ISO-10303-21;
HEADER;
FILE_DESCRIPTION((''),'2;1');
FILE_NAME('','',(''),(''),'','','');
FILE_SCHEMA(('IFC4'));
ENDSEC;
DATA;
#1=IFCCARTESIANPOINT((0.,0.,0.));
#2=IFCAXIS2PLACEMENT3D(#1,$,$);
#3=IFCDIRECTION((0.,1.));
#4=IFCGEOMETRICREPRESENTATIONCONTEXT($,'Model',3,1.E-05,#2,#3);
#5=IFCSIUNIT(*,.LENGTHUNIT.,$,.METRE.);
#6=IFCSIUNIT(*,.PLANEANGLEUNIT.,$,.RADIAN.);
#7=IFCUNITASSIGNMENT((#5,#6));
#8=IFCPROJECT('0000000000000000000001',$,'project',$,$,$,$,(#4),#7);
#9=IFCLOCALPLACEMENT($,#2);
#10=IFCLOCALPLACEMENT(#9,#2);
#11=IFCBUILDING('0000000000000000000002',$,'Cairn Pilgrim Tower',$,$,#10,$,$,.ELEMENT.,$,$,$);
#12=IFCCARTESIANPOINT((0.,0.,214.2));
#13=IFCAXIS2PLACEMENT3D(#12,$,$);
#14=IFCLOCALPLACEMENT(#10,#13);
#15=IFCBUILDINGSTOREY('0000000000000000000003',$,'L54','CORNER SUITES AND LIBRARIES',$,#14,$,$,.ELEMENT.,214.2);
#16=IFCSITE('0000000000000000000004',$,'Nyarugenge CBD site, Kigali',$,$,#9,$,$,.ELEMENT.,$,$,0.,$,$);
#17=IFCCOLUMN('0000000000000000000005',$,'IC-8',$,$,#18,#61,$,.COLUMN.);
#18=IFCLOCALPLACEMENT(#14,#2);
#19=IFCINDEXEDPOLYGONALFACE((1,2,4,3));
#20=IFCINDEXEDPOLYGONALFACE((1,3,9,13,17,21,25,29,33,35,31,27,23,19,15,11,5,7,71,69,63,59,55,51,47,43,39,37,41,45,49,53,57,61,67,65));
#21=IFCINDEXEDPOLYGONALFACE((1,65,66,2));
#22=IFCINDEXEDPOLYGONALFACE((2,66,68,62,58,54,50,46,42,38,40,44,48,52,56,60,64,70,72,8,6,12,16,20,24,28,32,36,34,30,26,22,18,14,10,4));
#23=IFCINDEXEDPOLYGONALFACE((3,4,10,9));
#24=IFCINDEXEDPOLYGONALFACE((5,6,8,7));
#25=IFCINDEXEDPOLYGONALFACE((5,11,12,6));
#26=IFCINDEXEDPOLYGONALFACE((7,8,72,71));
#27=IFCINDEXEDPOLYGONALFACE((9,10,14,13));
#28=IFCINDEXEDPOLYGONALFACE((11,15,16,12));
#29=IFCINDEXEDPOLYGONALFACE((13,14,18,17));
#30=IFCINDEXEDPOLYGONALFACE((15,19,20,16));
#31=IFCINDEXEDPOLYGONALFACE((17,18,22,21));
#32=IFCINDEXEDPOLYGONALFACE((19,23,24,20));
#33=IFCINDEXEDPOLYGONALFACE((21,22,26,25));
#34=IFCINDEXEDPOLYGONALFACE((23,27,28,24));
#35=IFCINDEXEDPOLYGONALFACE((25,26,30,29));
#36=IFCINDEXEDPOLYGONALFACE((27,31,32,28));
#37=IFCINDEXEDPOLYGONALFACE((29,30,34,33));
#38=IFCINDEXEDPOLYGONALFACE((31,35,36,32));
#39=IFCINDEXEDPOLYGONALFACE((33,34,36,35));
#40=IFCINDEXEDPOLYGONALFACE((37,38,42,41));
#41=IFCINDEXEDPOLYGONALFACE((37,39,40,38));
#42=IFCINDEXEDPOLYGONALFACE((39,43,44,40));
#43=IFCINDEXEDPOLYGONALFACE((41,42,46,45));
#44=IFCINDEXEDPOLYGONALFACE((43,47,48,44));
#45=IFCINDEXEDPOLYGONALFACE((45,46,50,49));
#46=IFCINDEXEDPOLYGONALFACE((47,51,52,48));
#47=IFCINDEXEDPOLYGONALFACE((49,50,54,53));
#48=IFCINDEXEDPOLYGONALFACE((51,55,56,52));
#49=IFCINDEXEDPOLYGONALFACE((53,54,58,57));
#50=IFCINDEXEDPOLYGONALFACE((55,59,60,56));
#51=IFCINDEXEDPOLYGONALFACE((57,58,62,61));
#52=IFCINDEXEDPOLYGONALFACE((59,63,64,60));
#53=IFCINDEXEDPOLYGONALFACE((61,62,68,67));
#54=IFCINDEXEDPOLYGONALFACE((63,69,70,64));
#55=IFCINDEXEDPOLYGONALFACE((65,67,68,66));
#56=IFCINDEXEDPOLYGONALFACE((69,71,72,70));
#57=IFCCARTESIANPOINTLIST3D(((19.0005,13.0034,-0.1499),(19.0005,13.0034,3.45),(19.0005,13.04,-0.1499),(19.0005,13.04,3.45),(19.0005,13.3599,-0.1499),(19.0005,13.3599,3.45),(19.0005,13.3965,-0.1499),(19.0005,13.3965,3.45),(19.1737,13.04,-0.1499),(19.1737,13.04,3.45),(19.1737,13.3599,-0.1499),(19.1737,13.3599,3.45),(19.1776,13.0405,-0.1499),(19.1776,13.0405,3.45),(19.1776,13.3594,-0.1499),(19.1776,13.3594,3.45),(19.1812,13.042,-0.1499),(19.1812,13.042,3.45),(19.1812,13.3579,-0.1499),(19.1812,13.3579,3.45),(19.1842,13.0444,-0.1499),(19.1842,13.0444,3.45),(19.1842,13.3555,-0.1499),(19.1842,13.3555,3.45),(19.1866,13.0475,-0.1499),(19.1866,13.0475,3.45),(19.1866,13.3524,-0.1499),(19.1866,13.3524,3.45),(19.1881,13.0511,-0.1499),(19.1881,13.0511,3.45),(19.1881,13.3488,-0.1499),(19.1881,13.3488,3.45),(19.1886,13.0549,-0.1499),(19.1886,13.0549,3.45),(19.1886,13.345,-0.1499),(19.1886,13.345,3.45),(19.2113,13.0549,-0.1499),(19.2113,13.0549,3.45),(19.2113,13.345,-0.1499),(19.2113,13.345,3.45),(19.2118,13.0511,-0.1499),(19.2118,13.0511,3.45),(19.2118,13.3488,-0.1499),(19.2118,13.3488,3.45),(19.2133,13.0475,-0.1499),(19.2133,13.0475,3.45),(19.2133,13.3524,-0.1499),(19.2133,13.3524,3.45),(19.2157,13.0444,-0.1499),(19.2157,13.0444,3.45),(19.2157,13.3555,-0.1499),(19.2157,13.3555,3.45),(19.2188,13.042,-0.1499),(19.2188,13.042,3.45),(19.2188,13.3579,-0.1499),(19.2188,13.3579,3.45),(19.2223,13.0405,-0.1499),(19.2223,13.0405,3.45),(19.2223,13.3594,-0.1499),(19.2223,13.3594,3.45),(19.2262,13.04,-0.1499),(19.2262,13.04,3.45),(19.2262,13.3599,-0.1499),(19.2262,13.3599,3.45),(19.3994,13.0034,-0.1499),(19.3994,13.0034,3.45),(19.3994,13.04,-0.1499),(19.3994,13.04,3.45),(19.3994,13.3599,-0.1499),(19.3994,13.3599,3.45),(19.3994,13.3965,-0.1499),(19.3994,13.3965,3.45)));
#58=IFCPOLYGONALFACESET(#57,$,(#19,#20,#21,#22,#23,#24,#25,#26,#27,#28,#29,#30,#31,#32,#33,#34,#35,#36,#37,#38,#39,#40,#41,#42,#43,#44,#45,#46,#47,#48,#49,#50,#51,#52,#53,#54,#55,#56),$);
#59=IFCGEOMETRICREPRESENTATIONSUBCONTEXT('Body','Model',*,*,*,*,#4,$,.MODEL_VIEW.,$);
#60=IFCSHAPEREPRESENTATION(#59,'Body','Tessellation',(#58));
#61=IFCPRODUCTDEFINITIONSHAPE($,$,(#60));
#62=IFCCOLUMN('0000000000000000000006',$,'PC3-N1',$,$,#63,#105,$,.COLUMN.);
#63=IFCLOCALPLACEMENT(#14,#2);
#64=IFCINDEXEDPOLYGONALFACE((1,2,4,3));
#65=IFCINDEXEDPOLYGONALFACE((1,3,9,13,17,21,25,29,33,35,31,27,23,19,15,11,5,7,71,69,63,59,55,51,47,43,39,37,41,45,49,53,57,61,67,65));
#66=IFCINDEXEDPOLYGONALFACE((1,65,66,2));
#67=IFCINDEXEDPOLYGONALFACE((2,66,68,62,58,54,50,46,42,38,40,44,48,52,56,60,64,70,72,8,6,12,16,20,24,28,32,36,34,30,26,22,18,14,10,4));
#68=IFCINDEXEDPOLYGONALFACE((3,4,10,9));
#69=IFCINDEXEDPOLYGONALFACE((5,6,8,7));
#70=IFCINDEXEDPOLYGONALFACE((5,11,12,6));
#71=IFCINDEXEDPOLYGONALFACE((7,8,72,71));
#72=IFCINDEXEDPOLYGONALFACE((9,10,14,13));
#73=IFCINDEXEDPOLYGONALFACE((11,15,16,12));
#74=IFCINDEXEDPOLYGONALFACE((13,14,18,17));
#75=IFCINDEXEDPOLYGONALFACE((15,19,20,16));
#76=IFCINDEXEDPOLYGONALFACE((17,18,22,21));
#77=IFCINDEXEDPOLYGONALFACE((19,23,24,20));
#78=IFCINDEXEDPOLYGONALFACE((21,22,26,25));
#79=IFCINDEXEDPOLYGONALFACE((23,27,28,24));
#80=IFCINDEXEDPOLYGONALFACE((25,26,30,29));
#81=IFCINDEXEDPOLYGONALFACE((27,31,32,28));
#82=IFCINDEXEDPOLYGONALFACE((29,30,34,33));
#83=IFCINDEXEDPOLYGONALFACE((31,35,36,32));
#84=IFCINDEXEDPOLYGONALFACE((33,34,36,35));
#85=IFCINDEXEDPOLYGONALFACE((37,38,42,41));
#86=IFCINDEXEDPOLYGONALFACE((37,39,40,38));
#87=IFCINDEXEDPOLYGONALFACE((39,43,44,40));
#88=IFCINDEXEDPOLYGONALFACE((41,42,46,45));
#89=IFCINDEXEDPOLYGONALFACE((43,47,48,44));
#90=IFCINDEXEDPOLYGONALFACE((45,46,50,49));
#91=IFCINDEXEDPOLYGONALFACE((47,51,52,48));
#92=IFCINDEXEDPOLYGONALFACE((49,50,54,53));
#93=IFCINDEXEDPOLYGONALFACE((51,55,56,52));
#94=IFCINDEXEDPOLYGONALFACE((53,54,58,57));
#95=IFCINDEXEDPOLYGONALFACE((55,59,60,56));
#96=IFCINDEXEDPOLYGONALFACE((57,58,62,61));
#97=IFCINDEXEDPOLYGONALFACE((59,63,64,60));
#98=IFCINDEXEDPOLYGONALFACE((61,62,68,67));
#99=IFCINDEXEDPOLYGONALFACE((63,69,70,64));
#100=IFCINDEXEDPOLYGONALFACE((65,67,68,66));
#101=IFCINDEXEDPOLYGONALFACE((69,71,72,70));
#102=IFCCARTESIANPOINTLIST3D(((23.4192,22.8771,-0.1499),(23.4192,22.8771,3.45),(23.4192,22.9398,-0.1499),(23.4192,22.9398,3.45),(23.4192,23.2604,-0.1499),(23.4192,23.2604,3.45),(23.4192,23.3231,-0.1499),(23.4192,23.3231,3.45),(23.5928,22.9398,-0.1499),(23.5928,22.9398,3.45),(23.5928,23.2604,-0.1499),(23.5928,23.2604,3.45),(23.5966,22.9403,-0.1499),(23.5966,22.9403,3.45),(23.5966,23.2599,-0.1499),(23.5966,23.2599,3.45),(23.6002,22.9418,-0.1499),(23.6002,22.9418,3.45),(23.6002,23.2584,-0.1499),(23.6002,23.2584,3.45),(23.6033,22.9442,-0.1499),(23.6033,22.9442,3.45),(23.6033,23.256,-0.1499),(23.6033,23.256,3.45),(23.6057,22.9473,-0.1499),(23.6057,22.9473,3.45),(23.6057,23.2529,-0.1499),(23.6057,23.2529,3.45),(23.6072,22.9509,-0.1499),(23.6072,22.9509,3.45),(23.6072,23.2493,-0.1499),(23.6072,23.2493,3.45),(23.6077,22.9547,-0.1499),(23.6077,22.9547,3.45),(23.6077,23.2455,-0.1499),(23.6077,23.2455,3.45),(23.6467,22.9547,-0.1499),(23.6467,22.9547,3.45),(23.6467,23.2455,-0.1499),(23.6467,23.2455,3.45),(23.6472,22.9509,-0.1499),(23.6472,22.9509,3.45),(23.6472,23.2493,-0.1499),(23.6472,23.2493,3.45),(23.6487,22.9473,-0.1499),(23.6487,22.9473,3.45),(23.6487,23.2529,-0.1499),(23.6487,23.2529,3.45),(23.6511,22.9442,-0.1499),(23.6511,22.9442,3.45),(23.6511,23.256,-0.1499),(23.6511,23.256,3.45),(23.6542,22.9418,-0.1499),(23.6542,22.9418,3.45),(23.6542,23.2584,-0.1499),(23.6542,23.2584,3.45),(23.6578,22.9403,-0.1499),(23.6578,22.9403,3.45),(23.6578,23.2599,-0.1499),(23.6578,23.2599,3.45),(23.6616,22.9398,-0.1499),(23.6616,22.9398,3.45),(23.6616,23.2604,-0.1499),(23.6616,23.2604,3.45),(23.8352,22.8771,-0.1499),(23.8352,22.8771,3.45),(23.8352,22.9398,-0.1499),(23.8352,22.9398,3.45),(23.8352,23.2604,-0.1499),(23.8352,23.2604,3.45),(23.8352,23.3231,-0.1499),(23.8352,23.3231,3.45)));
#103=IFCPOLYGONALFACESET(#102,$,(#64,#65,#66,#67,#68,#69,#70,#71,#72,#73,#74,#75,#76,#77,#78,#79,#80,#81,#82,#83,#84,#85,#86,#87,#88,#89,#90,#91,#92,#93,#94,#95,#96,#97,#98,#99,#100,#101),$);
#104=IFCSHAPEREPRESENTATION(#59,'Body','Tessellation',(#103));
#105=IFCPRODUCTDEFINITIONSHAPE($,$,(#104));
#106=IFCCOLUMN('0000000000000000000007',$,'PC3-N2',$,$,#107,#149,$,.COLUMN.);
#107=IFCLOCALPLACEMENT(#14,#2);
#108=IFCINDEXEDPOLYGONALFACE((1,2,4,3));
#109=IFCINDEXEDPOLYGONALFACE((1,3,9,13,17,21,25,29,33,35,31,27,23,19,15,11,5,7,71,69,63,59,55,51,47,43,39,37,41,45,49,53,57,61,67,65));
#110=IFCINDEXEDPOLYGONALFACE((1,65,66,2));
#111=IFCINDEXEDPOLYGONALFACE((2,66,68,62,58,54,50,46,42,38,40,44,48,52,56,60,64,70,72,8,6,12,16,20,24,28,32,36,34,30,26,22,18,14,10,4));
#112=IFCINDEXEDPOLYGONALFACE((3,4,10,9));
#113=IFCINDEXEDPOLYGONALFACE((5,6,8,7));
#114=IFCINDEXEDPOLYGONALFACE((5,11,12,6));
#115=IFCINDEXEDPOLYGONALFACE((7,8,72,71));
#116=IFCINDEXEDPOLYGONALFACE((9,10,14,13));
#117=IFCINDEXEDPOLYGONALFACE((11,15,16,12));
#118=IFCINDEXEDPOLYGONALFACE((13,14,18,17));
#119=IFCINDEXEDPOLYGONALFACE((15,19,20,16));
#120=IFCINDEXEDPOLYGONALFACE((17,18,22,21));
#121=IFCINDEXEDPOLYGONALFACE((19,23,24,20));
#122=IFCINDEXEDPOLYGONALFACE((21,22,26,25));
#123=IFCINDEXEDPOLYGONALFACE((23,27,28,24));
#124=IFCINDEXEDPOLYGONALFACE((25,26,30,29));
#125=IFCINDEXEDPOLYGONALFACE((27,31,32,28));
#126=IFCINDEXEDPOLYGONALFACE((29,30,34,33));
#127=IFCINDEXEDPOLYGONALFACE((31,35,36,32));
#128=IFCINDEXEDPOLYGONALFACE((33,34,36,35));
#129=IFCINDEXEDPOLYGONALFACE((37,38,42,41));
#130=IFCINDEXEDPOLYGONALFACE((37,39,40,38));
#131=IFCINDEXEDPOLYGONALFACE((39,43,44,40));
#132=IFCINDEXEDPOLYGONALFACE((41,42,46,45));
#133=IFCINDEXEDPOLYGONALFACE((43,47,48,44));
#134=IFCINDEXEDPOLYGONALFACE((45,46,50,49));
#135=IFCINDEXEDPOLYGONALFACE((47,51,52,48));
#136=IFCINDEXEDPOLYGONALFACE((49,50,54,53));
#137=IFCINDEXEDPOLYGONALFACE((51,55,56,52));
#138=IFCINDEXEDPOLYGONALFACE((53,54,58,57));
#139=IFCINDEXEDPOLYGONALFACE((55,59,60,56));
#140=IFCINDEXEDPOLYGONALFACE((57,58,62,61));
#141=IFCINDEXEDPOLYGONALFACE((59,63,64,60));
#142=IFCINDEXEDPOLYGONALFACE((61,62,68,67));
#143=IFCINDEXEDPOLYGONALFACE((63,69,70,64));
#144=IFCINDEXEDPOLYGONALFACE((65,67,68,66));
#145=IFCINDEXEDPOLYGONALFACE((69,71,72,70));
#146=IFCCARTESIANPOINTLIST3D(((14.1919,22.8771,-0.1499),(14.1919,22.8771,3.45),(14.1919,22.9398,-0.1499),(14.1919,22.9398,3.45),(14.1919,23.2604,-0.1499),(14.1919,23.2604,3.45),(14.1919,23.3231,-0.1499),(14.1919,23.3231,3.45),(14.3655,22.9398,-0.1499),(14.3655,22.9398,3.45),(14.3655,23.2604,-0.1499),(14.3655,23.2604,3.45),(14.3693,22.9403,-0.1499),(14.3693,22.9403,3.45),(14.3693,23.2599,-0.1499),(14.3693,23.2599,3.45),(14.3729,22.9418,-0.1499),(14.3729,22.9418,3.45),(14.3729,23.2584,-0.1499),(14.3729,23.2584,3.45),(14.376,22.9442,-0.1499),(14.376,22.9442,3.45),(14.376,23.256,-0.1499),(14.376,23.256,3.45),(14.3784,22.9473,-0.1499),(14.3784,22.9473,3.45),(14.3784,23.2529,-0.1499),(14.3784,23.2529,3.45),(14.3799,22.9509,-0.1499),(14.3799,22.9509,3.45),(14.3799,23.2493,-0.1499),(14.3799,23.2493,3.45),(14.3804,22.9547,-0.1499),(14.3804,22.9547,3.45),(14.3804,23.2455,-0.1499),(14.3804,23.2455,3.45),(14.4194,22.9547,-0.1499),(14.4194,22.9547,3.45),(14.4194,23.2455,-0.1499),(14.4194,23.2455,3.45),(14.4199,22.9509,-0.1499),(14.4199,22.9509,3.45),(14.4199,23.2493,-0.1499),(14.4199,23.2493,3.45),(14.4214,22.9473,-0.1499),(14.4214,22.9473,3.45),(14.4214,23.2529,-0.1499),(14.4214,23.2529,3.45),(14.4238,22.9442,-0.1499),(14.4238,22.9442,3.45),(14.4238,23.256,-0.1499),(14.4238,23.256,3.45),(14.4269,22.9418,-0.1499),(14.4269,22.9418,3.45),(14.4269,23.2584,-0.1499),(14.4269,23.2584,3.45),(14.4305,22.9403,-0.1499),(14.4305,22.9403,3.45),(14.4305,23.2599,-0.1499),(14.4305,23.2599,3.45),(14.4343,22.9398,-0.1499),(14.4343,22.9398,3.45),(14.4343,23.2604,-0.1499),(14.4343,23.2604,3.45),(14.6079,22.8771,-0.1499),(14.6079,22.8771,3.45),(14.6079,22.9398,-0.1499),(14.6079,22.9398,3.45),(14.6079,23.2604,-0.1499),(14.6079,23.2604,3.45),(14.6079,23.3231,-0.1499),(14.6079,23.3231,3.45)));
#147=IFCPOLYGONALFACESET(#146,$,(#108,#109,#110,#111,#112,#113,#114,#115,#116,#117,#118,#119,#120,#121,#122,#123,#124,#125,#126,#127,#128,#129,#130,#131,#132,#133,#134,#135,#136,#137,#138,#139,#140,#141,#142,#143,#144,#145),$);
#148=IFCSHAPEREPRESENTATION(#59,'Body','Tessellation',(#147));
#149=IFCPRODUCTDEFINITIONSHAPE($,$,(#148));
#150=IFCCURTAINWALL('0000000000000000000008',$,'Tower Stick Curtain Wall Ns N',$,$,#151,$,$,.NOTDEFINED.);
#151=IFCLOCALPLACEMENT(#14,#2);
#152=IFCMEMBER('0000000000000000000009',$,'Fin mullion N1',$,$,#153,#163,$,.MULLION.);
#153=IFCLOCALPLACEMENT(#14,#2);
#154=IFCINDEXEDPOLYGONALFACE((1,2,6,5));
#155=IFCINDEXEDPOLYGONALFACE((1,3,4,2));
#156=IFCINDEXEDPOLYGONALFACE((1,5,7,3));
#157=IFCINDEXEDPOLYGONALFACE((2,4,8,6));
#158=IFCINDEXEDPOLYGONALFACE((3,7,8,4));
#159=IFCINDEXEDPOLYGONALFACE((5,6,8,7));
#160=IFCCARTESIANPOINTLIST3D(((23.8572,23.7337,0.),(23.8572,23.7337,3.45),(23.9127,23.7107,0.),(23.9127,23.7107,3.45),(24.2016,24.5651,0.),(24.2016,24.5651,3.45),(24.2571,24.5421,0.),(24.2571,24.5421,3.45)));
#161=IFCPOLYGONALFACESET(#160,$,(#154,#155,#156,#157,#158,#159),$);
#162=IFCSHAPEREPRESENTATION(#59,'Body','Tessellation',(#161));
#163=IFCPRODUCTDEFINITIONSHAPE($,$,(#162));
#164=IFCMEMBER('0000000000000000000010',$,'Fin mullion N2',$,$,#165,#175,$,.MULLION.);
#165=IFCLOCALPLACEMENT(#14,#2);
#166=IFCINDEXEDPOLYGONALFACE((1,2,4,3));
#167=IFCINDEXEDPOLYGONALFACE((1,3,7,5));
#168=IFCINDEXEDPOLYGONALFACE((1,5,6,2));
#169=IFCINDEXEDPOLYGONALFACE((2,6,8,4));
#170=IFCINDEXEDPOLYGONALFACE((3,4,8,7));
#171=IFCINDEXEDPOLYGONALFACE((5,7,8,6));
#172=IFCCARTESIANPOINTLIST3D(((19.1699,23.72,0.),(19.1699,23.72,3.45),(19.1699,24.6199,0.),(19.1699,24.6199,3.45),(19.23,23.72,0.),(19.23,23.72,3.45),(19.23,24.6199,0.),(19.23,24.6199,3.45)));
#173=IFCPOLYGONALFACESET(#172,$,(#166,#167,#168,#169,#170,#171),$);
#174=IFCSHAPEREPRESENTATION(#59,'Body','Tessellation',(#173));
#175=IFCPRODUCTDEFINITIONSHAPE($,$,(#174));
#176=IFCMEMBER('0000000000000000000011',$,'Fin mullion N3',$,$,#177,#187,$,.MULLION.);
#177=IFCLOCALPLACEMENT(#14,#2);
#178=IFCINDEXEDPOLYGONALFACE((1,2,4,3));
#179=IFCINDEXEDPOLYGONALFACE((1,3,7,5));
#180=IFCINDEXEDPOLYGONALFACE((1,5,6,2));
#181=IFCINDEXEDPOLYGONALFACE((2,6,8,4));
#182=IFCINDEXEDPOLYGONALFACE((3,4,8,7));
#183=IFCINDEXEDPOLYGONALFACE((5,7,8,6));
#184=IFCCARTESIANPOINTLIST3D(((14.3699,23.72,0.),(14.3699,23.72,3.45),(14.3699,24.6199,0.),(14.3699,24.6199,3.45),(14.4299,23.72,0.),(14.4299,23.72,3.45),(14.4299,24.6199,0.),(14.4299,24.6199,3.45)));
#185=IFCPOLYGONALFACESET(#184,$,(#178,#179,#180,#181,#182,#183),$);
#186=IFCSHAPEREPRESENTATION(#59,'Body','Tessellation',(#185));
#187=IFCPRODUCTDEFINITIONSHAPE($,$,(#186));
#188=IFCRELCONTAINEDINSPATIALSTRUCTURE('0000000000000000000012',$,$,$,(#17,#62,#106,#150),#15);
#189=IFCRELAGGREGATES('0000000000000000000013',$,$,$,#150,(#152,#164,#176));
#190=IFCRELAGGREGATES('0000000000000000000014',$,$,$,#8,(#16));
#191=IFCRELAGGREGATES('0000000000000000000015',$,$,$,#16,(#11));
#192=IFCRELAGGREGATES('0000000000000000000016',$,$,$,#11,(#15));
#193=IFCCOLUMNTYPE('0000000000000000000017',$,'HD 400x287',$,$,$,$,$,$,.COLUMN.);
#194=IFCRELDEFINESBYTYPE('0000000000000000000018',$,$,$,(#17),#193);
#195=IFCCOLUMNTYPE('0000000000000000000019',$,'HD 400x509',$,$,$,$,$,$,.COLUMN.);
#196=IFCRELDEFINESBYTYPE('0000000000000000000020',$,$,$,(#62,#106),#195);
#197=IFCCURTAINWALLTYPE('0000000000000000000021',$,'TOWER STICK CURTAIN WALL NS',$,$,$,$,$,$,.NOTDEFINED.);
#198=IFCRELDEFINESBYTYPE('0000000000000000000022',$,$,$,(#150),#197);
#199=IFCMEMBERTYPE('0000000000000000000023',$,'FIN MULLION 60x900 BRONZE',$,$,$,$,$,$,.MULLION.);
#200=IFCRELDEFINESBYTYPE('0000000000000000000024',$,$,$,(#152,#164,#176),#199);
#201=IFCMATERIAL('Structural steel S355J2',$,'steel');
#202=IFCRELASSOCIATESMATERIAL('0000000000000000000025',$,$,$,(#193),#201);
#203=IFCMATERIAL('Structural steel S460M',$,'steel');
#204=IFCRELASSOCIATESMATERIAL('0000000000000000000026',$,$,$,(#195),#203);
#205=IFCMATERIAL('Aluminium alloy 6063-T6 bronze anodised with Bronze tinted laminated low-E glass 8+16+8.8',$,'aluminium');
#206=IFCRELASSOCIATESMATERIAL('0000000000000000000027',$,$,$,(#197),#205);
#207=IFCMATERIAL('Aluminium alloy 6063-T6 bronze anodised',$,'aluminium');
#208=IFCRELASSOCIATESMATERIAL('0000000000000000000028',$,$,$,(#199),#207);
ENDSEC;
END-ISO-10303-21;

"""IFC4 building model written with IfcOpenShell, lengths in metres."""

from ifc_helpers import new_model, si_unit, direction, frame, origin, origin_2d, place, context, subcontext, project, spatial, rectangle, i_section, extrude, material, material_profile, profile_set, type_object, element, aggregate, save


model = new_model("IFC4")

# Units and contexts
model_context = context("Model", 3, precision=1e-05, world=origin(), true_north=direction((0.0, 1.0)))
body_context = subcontext(model_context, "Body", "Model", "MODEL_VIEW")
ifc_project = project(units=[si_unit("LENGTHUNIT", "METRE"), si_unit("PLANEANGLEUNIT", "RADIAN")], contexts=[model_context])

# Site, building, storey
site_placement = place(None, origin())
site = spatial("IfcSite", under=ifc_project, at=site_placement, Name="Nyarugenge CBD site, Kigali", CompositionType="ELEMENT", RefElevation=0.0)
building_placement = place(site_placement, origin())
building = spatial("IfcBuilding", under=site, at=building_placement, Name="Cairn Pilgrim Tower", CompositionType="ELEMENT")
storey_placement = place(building_placement, frame((0.0, 0.0, 214.2)))
storey = spatial("IfcBuildingStorey", under=building, at=storey_placement, Name="L54", Description="CORNER SUITES AND LIBRARIES", CompositionType="ELEMENT", Elevation=214.2)

# Columns
ifc_material_1 = material(Name="Structural steel S355J2", Category="steel")
ifc_material_profile_1 = material_profile(ifc_material_1, i_section(OverallWidth=0.3989, OverallDepth=0.3931, WebThickness=0.0227, FlangeThickness=0.0366, FilletRadius=0.0149, at=origin_2d()), Name="HD 400x287")
ifc_profile_set_1 = profile_set([ifc_material_profile_1], Name="Structural steel S355J2")
column_type_1 = type_object("IfcColumnType", Name="HD 400x287", PredefinedType="COLUMN", material=ifc_profile_set_1)
column_placement = place(storey_placement, frame((19.2, 13.2, -0.1499), z_axis=(0.0, 0.0, 1.0), x_axis=(1.0, 0.0, 0.0)))
element("IfcColumn", 1, at=column_placement, inside=storey, type_object=column_type_1, Name="IC-8", PredefinedType="COLUMN", context=body_context, shape_type="SweptSolid", body=[
    extrude(i_section(OverallWidth=0.3989, OverallDepth=0.3931, WebThickness=0.0227, FlangeThickness=0.0366, FilletRadius=0.0149, at=origin_2d()), origin(), (0.0, 0.0, 1.0), 3.5999),
])
ifc_material_2 = material(Name="Structural steel S460M", Category="steel")
ifc_material_profile_2 = material_profile(ifc_material_2, i_section(OverallWidth=0.416, OverallDepth=0.446, WebThickness=0.0391, FlangeThickness=0.0627, FilletRadius=0.0149, at=origin_2d()), Name="HD 400x509")
ifc_profile_set_2 = profile_set([ifc_material_profile_2], Name="Structural steel S460M")
column_type_2 = type_object("IfcColumnType", Name="HD 400x509", PredefinedType="COLUMN", material=ifc_profile_set_2)
for number, where, z_axis, x_axis, name in (
    (2, (23.6272, 23.1001, -0.1499), (0.0, 0.0, 1.0), (1.0, 0.0, 0.0), "PC3-N1"),
    (3, (14.3999, 23.1001, -0.1499), (0.0, 0.0, 1.0), (1.0, 0.0, 0.0), "PC3-N2"),
):
    element("IfcColumn", number, at=place(storey_placement, frame(where, z_axis=z_axis, x_axis=x_axis)), inside=storey, type_object=column_type_2, Name=name, PredefinedType="COLUMN", context=body_context, shape_type="SweptSolid", body=[
        extrude(i_section(OverallWidth=0.416, OverallDepth=0.446, WebThickness=0.0391, FlangeThickness=0.0627, FilletRadius=0.0149, at=origin_2d()), origin(), (0.0, 0.0, 1.0), 3.5999),
    ])

# Curtain wall, members
ifc_material_3 = material(Name="Aluminium alloy 6063-T6 bronze anodised with Bronze tinted laminated low-E glass 8+16+8.8", Category="aluminium")
curtain_wall_type = type_object("IfcCurtainWallType", Name="TOWER STICK CURTAIN WALL NS", PredefinedType="NOTDEFINED", material=ifc_material_3)
curtain_wall_placement = place(storey_placement, origin())
curtain_wall = element("IfcCurtainWall", 4, at=curtain_wall_placement, inside=storey, type_object=curtain_wall_type, Name="Tower Stick Curtain Wall Ns N", PredefinedType="NOTDEFINED")
ifc_material_4 = material(Name="Aluminium alloy 6063-T6 bronze anodised", Category="aluminium")
ifc_material_profile_3 = material_profile(ifc_material_4, rectangle(XDim=0.8999, YDim=0.0601, at=origin_2d()), Name="FIN MULLION 60x900 BRONZE")
ifc_profile_set_3 = profile_set([ifc_material_profile_3], Name="Aluminium alloy 6063-T6 bronze anodised")
member_type_1 = type_object("IfcMemberType", Name="FIN MULLION 60x900 BRONZE", PredefinedType="MULLION", material=ifc_profile_set_3)
member_1_placement = place(storey_placement, frame((24.0571, 24.1379, 0.0), z_axis=(0.0, 0.0, 1.0), x_axis=(0.382683, 0.92388, 0.0)))
member_1 = element("IfcMember", 5, at=member_1_placement, type_object=member_type_1, Name="Fin mullion N1", PredefinedType="MULLION", context=body_context, shape_type="SweptSolid", body=[
    extrude(rectangle(XDim=0.8999, YDim=0.0601, at=origin_2d()), origin(), (0.0, 0.0, 1.0), 3.45),
])
member_2_placement = place(storey_placement, frame((19.2, 24.1699, 0.0), z_axis=(0.0, 0.0, 1.0), x_axis=(0.0, 1.0, 0.0)))
member_2 = element("IfcMember", 6, at=member_2_placement, type_object=member_type_1, Name="Fin mullion N2", PredefinedType="MULLION", context=body_context, shape_type="SweptSolid", body=[
    extrude(rectangle(XDim=0.8999, YDim=0.0601, at=origin_2d()), origin(), (0.0, 0.0, 1.0), 3.45),
])
member_3_placement = place(storey_placement, frame((14.3999, 24.1699, 0.0), z_axis=(0.0, 0.0, 1.0), x_axis=(0.0, 1.0, 0.0)))
member_3 = element("IfcMember", 7, at=member_3_placement, type_object=member_type_1, Name="Fin mullion N3", PredefinedType="MULLION", context=body_context, shape_type="SweptSolid", body=[
    extrude(rectangle(XDim=0.8999, YDim=0.0601, at=origin_2d()), origin(), (0.0, 0.0, 1.0), 3.45),
])

aggregate(curtain_wall, [member_1, member_2, member_3])

save(model, "model.ifc")
